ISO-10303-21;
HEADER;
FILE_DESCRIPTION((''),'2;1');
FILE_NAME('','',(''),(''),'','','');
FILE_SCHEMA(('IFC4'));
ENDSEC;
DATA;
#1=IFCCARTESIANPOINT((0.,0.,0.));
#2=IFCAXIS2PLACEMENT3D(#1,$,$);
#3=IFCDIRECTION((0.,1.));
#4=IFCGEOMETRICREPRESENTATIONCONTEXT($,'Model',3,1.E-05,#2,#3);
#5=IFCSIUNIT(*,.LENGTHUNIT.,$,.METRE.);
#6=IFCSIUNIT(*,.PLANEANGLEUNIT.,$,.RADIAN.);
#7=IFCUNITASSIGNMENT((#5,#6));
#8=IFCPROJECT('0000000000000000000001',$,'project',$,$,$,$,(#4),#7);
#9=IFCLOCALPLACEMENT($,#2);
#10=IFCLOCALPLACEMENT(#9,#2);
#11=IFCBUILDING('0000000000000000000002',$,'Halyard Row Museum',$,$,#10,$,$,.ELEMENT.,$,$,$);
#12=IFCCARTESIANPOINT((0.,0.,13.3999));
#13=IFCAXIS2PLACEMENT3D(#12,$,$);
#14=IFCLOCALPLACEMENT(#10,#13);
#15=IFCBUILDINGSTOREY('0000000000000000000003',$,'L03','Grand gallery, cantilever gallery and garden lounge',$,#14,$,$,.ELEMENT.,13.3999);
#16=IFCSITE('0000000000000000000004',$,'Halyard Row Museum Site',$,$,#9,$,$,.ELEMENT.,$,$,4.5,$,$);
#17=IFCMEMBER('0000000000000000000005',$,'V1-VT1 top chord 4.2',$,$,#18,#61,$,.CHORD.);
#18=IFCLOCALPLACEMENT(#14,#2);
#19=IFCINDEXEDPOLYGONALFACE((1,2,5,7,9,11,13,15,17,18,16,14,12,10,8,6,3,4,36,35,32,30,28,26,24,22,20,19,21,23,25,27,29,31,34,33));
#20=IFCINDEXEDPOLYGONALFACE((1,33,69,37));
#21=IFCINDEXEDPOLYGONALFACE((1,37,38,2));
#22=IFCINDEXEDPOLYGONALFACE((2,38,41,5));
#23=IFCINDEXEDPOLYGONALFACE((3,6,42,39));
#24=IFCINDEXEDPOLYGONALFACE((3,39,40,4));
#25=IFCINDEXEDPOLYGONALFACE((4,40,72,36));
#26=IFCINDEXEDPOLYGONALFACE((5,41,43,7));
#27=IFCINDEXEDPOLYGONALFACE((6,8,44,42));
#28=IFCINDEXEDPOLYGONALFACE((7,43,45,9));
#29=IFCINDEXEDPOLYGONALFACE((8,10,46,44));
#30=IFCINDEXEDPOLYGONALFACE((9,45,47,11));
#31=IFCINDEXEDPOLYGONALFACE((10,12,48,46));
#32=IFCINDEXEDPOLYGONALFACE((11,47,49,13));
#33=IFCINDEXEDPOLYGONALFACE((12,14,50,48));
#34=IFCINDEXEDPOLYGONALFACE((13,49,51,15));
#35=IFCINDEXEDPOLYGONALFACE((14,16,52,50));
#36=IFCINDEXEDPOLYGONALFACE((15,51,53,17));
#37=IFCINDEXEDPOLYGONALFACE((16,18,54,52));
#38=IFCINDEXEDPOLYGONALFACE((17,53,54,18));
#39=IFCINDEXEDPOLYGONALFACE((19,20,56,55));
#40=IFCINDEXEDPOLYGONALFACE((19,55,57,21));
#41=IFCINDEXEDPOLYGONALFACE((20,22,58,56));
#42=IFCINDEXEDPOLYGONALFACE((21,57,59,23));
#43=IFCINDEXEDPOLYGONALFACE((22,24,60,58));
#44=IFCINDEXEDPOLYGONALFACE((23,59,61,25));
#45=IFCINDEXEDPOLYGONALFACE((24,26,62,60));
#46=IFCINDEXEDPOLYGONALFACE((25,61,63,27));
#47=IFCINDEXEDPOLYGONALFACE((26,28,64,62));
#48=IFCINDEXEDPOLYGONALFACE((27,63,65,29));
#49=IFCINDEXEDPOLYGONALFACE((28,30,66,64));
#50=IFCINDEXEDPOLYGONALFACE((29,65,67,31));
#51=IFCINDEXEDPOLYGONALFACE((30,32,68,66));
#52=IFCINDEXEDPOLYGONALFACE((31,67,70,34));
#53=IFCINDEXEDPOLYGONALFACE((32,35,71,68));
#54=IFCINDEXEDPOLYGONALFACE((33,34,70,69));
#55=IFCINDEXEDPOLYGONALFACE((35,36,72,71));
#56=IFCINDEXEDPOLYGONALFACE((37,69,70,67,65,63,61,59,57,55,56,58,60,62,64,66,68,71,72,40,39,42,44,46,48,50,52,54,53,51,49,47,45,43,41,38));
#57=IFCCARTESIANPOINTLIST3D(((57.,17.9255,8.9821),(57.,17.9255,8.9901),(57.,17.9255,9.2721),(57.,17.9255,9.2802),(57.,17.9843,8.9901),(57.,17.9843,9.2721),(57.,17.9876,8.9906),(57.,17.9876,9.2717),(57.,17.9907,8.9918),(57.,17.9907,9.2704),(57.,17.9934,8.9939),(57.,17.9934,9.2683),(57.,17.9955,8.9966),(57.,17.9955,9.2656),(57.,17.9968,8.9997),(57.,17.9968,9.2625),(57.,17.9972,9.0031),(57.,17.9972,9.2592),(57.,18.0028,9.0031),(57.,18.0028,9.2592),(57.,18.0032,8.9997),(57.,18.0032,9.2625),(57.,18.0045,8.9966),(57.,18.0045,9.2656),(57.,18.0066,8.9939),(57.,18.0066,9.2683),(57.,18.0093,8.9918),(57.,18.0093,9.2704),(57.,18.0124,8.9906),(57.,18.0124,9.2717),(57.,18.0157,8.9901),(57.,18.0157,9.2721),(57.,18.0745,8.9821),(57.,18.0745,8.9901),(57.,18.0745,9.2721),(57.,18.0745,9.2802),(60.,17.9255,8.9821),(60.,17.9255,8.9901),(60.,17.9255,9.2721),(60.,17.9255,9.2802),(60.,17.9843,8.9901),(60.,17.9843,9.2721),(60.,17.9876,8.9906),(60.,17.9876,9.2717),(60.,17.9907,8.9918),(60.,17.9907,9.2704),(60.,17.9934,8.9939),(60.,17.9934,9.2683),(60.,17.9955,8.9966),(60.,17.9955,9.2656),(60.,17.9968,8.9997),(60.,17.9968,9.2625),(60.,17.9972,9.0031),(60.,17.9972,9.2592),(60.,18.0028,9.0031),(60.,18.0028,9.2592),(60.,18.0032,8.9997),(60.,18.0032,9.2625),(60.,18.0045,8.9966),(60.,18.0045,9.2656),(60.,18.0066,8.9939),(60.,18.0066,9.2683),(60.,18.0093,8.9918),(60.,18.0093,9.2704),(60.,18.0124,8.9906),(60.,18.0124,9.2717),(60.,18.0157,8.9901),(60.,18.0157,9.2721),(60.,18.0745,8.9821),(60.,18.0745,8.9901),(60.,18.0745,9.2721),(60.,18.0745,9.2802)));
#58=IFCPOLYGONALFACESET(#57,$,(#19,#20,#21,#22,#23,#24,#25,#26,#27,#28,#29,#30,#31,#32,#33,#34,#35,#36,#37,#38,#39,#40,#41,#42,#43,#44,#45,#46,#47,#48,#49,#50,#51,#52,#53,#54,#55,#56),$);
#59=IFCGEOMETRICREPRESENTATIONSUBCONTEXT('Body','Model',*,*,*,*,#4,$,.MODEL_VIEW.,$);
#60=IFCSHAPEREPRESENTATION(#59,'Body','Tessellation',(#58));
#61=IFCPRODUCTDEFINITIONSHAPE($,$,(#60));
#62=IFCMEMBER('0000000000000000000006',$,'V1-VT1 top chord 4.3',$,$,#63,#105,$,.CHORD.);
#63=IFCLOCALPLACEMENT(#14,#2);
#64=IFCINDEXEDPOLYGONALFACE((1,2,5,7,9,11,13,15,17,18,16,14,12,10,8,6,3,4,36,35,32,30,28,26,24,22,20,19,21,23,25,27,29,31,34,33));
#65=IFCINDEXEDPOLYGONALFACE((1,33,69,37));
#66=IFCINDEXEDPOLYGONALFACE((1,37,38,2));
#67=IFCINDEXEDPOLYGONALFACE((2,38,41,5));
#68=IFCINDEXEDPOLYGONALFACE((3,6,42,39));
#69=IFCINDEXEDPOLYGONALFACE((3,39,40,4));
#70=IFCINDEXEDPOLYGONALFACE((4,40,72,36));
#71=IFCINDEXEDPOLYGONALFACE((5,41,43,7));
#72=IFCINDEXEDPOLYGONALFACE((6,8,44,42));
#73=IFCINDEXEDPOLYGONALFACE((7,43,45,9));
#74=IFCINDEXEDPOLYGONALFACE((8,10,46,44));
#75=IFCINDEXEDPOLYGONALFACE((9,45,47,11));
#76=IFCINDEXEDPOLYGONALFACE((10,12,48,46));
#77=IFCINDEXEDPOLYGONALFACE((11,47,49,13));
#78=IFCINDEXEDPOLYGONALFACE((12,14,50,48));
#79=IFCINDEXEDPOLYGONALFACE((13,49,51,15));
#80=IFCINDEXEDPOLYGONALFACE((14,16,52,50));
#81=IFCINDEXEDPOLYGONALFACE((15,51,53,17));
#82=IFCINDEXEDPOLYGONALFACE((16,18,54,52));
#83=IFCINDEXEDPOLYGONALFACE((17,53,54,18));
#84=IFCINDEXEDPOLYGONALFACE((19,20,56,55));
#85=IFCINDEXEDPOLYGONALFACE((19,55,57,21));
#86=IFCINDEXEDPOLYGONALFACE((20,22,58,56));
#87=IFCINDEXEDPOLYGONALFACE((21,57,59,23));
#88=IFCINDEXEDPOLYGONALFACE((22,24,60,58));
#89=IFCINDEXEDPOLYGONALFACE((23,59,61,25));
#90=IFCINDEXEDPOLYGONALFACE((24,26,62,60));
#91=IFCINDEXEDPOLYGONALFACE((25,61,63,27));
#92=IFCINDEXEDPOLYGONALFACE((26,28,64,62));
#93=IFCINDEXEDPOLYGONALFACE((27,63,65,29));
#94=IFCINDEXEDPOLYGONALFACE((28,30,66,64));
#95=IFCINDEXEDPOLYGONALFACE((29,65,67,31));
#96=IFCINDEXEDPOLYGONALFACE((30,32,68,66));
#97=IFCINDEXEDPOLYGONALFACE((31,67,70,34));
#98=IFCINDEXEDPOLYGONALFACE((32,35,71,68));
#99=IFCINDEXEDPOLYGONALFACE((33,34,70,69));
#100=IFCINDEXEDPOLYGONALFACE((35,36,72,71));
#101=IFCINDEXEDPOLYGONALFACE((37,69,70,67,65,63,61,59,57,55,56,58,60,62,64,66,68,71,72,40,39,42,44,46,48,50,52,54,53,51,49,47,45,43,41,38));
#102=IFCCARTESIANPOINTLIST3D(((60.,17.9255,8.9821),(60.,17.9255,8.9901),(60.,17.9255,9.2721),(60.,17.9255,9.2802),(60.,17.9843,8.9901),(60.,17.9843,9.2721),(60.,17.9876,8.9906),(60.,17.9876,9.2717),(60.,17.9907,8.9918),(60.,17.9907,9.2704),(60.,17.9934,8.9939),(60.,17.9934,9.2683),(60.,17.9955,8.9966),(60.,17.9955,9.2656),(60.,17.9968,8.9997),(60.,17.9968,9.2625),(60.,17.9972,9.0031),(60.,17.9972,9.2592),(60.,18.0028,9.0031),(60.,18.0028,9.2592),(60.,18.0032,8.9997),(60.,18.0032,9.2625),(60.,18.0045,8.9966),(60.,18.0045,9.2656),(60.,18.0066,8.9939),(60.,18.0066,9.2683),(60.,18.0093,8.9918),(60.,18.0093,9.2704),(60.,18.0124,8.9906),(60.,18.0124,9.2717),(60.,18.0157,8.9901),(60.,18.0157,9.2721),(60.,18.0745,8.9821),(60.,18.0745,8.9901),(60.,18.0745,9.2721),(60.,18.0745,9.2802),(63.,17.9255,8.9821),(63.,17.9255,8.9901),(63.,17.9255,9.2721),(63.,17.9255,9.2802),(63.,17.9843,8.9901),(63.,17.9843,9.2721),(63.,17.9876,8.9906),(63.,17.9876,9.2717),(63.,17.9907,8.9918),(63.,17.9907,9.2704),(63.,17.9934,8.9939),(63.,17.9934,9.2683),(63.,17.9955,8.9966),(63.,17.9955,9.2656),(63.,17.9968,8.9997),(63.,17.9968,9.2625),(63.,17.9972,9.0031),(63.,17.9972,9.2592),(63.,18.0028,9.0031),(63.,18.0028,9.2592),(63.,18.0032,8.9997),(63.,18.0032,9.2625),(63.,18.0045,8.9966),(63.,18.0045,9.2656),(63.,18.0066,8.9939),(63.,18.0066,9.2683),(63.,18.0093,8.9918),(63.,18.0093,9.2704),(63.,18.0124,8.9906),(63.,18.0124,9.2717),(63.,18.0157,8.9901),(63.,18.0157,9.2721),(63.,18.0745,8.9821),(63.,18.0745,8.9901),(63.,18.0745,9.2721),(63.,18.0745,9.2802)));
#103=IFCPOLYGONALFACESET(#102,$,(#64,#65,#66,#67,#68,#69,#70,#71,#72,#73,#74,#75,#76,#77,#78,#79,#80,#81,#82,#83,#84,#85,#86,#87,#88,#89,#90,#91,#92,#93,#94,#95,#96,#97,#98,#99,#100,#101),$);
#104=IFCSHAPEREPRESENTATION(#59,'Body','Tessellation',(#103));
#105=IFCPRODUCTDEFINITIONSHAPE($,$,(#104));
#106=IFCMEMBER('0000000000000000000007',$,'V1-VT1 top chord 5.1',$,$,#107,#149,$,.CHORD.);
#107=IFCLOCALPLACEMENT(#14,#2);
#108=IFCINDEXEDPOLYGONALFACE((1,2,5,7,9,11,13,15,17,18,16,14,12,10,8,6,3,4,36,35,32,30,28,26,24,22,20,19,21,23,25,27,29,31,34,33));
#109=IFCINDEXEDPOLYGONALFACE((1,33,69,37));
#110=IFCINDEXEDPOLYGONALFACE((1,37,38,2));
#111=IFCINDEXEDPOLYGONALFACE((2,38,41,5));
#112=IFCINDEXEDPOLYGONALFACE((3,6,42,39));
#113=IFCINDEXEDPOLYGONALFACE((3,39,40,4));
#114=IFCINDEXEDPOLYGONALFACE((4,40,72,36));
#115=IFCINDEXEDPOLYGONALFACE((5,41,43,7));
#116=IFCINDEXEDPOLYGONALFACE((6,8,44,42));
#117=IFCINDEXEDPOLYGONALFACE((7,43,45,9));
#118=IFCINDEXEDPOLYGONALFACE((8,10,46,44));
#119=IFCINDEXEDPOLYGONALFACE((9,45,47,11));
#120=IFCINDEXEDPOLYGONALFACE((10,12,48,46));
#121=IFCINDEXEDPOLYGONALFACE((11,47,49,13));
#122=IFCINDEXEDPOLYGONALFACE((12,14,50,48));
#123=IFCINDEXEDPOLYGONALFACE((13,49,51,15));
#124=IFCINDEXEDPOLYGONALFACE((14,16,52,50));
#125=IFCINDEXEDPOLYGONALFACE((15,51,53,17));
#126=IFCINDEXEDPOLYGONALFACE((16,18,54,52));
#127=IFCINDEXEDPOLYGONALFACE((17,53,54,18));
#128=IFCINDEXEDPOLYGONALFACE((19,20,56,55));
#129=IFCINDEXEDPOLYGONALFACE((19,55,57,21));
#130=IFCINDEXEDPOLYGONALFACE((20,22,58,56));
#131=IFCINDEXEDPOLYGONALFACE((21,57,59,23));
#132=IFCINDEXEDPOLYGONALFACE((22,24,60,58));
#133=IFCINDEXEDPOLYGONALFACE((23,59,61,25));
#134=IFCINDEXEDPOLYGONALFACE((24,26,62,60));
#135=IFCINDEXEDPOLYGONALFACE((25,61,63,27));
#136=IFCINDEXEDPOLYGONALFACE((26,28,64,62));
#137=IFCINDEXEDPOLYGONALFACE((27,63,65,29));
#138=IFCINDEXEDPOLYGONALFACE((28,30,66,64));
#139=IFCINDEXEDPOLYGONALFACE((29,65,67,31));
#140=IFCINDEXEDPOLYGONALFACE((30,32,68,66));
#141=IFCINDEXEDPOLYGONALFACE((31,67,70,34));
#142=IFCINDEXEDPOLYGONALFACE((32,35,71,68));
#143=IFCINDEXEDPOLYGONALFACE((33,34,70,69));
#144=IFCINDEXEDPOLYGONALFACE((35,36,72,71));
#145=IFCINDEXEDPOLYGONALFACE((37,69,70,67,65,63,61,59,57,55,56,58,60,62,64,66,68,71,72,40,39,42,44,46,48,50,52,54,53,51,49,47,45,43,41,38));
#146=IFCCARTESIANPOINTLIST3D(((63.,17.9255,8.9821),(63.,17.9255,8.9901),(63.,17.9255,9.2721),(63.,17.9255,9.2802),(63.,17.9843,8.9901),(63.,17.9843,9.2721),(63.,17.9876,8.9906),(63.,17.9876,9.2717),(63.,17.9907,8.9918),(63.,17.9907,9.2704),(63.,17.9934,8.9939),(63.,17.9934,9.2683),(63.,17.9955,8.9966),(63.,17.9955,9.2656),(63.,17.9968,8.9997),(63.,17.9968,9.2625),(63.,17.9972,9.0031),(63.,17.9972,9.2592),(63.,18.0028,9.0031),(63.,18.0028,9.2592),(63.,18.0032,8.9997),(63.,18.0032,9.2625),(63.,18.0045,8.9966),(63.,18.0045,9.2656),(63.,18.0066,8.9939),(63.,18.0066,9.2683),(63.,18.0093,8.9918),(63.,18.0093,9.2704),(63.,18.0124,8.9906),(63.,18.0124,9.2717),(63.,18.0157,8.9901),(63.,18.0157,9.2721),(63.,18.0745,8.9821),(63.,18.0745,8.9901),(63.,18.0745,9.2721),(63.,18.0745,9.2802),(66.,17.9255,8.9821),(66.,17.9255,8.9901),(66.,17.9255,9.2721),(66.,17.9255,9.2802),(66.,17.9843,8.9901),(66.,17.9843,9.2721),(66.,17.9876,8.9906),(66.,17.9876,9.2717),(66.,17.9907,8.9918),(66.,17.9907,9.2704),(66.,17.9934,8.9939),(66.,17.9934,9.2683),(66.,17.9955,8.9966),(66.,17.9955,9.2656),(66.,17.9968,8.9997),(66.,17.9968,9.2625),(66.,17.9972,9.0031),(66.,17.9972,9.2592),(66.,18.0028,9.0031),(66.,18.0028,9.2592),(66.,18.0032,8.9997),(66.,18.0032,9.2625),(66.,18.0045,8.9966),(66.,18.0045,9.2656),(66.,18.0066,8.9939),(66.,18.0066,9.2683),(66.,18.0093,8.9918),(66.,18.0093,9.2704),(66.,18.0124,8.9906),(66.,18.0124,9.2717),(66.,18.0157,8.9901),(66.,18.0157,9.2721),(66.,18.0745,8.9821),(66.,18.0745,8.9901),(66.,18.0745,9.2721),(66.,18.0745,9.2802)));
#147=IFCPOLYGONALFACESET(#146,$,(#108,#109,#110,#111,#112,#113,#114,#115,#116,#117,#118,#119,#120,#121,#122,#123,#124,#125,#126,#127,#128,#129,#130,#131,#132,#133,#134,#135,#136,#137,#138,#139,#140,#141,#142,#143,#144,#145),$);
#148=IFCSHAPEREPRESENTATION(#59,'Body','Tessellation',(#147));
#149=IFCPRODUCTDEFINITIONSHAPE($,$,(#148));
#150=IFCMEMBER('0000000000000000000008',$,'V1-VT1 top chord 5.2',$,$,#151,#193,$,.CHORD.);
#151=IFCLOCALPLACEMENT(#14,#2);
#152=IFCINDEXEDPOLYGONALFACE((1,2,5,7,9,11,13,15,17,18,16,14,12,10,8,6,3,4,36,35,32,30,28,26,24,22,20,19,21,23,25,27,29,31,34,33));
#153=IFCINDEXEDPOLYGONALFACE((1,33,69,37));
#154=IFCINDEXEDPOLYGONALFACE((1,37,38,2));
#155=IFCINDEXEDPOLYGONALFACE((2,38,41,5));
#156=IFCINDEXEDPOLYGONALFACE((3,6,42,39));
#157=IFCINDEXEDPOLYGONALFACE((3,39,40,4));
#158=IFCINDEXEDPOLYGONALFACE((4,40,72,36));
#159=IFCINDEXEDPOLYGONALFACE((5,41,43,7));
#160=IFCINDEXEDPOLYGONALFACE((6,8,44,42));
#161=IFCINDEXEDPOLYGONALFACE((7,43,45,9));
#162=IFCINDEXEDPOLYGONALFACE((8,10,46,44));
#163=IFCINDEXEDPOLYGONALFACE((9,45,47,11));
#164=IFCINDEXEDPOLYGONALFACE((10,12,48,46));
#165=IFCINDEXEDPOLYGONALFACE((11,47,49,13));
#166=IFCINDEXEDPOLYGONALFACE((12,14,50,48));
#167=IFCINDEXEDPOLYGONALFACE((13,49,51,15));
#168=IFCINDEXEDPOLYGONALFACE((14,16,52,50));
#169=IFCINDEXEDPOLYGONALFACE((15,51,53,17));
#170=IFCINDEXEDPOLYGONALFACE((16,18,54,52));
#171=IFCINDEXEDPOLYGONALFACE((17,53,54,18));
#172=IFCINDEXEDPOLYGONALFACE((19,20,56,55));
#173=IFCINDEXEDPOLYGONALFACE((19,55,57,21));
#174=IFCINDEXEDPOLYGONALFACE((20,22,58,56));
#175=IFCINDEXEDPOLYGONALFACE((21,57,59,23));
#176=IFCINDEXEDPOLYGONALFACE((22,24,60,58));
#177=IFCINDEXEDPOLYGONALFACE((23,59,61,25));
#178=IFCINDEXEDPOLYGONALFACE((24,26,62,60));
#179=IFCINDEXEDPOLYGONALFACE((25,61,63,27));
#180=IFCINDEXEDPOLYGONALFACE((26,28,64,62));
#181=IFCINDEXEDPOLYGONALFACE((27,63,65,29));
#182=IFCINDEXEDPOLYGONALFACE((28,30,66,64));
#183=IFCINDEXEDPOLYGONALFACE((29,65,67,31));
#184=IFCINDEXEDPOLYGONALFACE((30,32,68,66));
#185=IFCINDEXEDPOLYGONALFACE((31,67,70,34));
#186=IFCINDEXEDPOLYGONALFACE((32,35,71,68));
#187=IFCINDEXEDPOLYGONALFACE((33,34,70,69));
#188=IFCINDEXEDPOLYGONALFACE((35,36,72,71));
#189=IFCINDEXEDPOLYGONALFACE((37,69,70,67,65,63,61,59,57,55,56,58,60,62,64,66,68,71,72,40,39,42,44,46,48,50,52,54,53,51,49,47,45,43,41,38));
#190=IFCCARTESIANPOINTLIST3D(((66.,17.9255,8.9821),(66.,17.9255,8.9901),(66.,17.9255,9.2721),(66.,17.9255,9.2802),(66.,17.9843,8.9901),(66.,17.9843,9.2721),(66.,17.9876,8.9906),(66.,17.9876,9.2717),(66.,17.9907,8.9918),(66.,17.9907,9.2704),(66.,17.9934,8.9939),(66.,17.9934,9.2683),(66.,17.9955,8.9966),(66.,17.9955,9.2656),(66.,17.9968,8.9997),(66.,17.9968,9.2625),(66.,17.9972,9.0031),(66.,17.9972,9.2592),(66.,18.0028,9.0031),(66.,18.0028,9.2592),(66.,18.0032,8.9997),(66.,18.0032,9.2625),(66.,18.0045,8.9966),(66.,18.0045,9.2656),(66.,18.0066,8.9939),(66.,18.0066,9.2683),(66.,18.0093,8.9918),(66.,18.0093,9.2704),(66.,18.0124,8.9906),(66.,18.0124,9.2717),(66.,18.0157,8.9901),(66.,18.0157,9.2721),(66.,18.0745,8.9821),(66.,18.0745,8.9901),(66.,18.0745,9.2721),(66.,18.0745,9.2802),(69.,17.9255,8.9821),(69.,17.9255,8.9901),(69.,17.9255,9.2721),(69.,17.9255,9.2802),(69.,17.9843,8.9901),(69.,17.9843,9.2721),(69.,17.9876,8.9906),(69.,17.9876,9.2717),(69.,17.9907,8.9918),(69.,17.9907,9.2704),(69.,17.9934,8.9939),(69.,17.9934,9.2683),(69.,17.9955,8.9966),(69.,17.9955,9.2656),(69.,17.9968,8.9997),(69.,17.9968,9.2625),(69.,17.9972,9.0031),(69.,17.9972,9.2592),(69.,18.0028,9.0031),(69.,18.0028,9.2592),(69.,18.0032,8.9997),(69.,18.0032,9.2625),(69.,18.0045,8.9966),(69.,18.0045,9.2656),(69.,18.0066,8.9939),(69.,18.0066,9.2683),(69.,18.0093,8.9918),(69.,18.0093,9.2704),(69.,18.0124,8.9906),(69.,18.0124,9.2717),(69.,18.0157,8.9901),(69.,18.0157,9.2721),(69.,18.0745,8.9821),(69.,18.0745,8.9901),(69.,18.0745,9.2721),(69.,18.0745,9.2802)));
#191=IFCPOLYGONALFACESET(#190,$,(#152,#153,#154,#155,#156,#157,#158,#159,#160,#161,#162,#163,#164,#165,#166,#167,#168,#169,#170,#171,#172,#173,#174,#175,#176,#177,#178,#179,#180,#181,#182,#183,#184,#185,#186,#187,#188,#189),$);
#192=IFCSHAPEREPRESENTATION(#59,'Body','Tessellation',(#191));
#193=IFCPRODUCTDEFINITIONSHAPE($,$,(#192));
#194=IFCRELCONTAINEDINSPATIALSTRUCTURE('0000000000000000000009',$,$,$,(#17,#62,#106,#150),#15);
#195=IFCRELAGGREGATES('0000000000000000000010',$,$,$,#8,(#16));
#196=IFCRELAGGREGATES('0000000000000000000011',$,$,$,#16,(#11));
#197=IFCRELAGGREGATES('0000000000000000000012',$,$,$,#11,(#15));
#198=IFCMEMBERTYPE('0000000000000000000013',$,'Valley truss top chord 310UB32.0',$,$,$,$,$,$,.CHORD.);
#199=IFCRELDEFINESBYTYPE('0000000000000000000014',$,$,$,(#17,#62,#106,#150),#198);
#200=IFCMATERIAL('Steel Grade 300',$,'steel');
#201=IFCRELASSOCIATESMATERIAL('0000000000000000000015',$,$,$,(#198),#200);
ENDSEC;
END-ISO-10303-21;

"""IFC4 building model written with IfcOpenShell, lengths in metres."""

from ifc_helpers import new_model, si_unit, direction, frame, origin, origin_2d, place, context, subcontext, project, spatial, i_section, extrude, material, material_profile, profile_set, type_object, element, save


model = new_model("IFC4")

# Units and contexts
model_context = context("Model", 3, precision=1e-05, world=origin(), true_north=direction((0.0, 1.0)))
body_context = subcontext(model_context, "Body", "Model", "MODEL_VIEW")
ifc_project = project(units=[si_unit("LENGTHUNIT", "METRE"), si_unit("PLANEANGLEUNIT", "RADIAN")], contexts=[model_context])

# Site, building, storey
site_placement = place(None, origin())
site = spatial("IfcSite", under=ifc_project, at=site_placement, Name="Halyard Row Museum Site", CompositionType="ELEMENT", RefElevation=4.5)
building_placement = place(site_placement, origin())
building = spatial("IfcBuilding", under=site, at=building_placement, Name="Halyard Row Museum", CompositionType="ELEMENT")
storey_placement = place(building_placement, frame((0.0, 0.0, 13.3999)))
storey = spatial("IfcBuildingStorey", under=building, at=storey_placement, Name="L03", Description="Grand gallery, cantilever gallery and garden lounge", CompositionType="ELEMENT", Elevation=13.3999)

# Members
ifc_material_1 = material(Name="Steel Grade 300", Category="steel")
ifc_material_profile_1 = material_profile(ifc_material_1, i_section(OverallWidth=0.1489, OverallDepth=0.2981, WebThickness=0.0056, FlangeThickness=0.0081, FilletRadius=0.0129, at=origin_2d()), Name="310UB32.0")
ifc_profile_set_1 = profile_set([ifc_material_profile_1], Name="Steel Grade 300")
member_type_1 = type_object("IfcMemberType", Name="Valley truss top chord 310UB32.0", PredefinedType="CHORD", material=ifc_profile_set_1)
for number, where, z_axis, x_axis, name in (
    (1, (57.0, 18.0, 9.1311), (1.0, 0.0, 0.0), (0.0, 1.0, 0.0), "V1-VT1 top chord 4.2"),
    (2, (60.0, 18.0, 9.1311), (1.0, 0.0, 0.0), (0.0, 1.0, 0.0), "V1-VT1 top chord 4.3"),
    (3, (63.0, 18.0, 9.1311), (1.0, 0.0, 0.0), (0.0, 1.0, 0.0), "V1-VT1 top chord 5.1"),
    (4, (66.0, 18.0, 9.1311), (1.0, 0.0, 0.0), (0.0, 1.0, 0.0), "V1-VT1 top chord 5.2"),
):
    element("IfcMember", number, at=place(storey_placement, frame(where, z_axis=z_axis, x_axis=x_axis)), inside=storey, type_object=member_type_1, Name=name, PredefinedType="CHORD", context=body_context, shape_type="SweptSolid", body=[
        extrude(i_section(OverallWidth=0.1489, OverallDepth=0.2981, WebThickness=0.0056, FlangeThickness=0.0081, FilletRadius=0.0129, at=origin_2d()), origin(), (0.0, 0.0, 1.0), 3.0),
    ])

save(model, "model.ifc")
